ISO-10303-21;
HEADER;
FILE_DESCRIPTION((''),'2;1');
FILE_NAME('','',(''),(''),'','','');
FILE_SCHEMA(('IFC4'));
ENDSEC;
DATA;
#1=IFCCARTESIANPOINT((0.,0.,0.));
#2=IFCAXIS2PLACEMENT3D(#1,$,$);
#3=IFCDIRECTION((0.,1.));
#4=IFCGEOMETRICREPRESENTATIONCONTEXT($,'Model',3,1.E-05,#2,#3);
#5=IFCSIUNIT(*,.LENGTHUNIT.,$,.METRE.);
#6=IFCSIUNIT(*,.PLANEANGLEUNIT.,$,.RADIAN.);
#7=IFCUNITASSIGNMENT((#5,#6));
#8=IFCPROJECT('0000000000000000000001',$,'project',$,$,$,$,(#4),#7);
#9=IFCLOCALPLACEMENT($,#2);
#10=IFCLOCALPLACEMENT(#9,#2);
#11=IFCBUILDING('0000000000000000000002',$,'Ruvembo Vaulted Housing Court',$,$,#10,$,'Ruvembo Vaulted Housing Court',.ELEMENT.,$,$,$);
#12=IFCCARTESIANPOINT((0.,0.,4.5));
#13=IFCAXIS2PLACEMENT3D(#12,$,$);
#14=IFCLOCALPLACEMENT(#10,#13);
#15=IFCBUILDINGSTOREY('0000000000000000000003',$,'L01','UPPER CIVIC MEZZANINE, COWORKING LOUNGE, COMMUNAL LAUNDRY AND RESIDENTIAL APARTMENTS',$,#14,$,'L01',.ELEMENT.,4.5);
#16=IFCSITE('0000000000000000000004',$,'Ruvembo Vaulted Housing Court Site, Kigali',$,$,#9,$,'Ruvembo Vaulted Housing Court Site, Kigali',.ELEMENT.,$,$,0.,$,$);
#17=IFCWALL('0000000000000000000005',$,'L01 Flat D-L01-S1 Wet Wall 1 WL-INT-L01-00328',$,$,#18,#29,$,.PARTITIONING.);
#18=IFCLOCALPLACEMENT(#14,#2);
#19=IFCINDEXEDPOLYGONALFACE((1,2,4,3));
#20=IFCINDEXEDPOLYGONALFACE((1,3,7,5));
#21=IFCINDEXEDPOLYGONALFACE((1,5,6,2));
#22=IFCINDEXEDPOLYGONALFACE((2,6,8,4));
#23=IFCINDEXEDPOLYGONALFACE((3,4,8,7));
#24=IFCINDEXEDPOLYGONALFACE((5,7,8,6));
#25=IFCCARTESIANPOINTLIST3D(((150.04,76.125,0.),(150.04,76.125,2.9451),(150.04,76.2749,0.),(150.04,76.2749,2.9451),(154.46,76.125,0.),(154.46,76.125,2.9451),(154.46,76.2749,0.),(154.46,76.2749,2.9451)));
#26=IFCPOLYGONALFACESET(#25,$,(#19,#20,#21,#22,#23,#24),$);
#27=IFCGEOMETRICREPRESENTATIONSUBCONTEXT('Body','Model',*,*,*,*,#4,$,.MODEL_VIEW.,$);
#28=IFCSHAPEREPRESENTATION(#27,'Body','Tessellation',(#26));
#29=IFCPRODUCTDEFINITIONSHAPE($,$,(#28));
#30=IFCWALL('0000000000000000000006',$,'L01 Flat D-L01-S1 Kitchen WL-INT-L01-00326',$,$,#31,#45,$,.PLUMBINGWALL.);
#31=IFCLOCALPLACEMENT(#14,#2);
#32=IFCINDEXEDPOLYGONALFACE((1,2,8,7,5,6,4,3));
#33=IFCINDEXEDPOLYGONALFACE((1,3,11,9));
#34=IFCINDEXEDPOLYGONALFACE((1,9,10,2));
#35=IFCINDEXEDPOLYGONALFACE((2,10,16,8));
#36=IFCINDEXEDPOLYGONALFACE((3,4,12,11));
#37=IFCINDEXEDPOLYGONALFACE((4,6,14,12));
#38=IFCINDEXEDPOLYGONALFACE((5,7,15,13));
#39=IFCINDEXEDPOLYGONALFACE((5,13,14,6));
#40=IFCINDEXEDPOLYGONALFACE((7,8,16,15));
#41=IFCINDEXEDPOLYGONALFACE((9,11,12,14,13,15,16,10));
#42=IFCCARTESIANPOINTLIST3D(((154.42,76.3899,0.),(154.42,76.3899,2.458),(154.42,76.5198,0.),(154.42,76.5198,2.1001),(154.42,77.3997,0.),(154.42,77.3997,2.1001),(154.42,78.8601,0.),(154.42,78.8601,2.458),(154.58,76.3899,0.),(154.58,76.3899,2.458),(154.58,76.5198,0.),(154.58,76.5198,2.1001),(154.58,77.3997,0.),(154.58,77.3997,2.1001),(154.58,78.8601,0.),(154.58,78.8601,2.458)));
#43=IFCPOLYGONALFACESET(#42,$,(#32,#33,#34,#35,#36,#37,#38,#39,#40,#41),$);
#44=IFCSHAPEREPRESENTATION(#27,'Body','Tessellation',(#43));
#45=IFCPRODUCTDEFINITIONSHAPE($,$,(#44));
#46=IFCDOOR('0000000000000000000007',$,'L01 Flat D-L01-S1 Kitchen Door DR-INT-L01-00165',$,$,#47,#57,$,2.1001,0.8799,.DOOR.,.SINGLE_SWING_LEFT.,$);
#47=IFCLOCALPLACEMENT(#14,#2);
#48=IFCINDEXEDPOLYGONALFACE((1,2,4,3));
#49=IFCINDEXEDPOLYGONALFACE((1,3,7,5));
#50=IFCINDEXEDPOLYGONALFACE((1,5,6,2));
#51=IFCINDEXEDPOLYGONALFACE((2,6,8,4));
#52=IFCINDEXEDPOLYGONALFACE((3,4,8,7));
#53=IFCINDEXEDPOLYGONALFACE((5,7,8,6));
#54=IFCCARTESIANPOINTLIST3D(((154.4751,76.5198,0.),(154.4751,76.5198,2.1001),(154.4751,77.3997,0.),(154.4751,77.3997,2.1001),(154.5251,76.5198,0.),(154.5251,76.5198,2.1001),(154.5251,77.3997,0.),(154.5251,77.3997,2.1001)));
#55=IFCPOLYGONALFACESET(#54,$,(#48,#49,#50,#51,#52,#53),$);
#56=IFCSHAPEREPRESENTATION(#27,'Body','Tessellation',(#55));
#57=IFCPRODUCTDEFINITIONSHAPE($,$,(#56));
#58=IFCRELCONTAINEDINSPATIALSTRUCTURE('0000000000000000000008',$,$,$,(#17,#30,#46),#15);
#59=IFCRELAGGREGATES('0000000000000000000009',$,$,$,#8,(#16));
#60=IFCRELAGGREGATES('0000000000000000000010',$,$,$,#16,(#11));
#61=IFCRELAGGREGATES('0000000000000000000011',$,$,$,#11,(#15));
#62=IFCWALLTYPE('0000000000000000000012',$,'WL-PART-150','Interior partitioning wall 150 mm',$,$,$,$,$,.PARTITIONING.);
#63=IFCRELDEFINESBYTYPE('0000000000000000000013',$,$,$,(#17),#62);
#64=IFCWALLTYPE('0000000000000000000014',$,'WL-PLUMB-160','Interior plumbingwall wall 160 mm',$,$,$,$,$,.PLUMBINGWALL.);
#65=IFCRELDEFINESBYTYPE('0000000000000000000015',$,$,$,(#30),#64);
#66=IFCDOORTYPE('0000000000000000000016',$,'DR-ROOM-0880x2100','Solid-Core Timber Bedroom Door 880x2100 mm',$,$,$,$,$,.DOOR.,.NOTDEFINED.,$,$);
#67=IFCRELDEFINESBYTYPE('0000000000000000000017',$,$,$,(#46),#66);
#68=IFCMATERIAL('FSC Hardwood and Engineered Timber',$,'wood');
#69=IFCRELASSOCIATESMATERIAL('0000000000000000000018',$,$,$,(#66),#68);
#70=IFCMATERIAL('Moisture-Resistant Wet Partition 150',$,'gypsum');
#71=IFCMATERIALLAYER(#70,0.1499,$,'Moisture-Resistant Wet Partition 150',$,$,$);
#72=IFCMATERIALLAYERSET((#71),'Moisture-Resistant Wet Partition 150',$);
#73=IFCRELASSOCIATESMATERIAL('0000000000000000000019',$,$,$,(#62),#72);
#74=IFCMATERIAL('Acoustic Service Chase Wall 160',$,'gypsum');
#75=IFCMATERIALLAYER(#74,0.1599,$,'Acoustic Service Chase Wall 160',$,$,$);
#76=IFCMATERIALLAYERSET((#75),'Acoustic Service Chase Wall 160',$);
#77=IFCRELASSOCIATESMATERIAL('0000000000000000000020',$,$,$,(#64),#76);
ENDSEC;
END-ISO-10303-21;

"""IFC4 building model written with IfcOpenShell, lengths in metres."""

from ifc_helpers import new_model, si_unit, direction, frame, frame_2d, origin, place, context, subcontext, project, spatial, rectangle, extrude, material, layer, layer_set, type_object, element, fill, save


model = new_model("IFC4")

# Units and contexts
model_context = context("Model", 3, precision=1e-05, world=origin(), true_north=direction((0.0, 1.0)))
body_context = subcontext(model_context, "Body", "Model", "MODEL_VIEW")
ifc_project = project(units=[si_unit("LENGTHUNIT", "METRE"), si_unit("PLANEANGLEUNIT", "RADIAN")], contexts=[model_context])

# Site, building, storey
site_placement = place(None, origin())
site = spatial("IfcSite", under=ifc_project, at=site_placement, Name="Ruvembo Vaulted Housing Court Site, Kigali", LongName="Ruvembo Vaulted Housing Court Site, Kigali", CompositionType="ELEMENT", RefElevation=0.0)
building_placement = place(site_placement, origin())
building = spatial("IfcBuilding", under=site, at=building_placement, Name="Ruvembo Vaulted Housing Court", LongName="Ruvembo Vaulted Housing Court", CompositionType="ELEMENT")
storey_placement = place(building_placement, frame((0.0, 0.0, 4.5)))
storey = spatial("IfcBuildingStorey", under=building, at=storey_placement, Name="L01", Description="UPPER CIVIC MEZZANINE, COWORKING LOUNGE, COMMUNAL LAUNDRY AND RESIDENTIAL APARTMENTS", LongName="L01", CompositionType="ELEMENT", Elevation=4.5)

# Shared definitions
ifc_material_1 = material(Name="FSC Hardwood and Engineered Timber", Category="wood")
door_type_1 = type_object("IfcDoorType", Name="DR-ROOM-0880x2100", Description="Solid-Core Timber Bedroom Door 880x2100 mm", OperationType="NOTDEFINED", PredefinedType="DOOR", material=ifc_material_1)

# Wall
ifc_material_2 = material(Name="Moisture-Resistant Wet Partition 150", Category="gypsum")
ifc_layer_1 = layer(ifc_material_2, 0.1499, Name="Moisture-Resistant Wet Partition 150")
ifc_layer_set_1 = layer_set([ifc_layer_1], Name="Moisture-Resistant Wet Partition 150")
wall_type_1 = type_object("IfcWallType", Name="WL-PART-150", Description="Interior partitioning wall 150 mm", PredefinedType="PARTITIONING", material=ifc_layer_set_1)
wall_1_placement = place(storey_placement, frame((150.04, 76.2, 0.0), z_axis=(0.0, 0.0, 1.0), x_axis=(1.0, 0.0, 0.0)))
element("IfcWall", 1, at=wall_1_placement, inside=storey, type_object=wall_type_1, Name="L01 Flat D-L01-S1 Wet Wall 1 WL-INT-L01-00328", PredefinedType="PARTITIONING", context=body_context, shape_type="SweptSolid", body=[
    extrude(rectangle(XDim=4.4199, YDim=0.1499, at=frame_2d((2.21, 0.0))), origin(), (0.0, 0.0, 1.0), 2.9451),
])

# Wall, opening, door
ifc_material_3 = material(Name="Acoustic Service Chase Wall 160", Category="gypsum")
ifc_layer_2 = layer(ifc_material_3, 0.1599, Name="Acoustic Service Chase Wall 160")
ifc_layer_set_2 = layer_set([ifc_layer_2], Name="Acoustic Service Chase Wall 160")
wall_type_2 = type_object("IfcWallType", Name="WL-PLUMB-160", Description="Interior plumbingwall wall 160 mm", PredefinedType="PLUMBINGWALL", material=ifc_layer_set_2)
wall_2_placement = place(storey_placement, frame((154.5, 76.3899, 0.0), z_axis=(0.0, 0.0, 1.0), x_axis=(0.0, 1.0, 0.0)))
wall_2 = element("IfcWall", 2, at=wall_2_placement, inside=storey, type_object=wall_type_2, Name="L01 Flat D-L01-S1 Kitchen WL-INT-L01-00326", PredefinedType="PLUMBINGWALL", context=body_context, shape_type="SweptSolid", body=[
    extrude(rectangle(XDim=2.4702, YDim=0.1599, at=frame_2d((1.2351, 0.0))), origin(), (0.0, 0.0, 1.0), 2.458),
])
opening_1_placement = place(wall_2_placement, frame((0.1299, 0.0, 0.0)))
opening_1 = element("IfcOpeningElement", 3, at=opening_1_placement, cuts=wall_2, PredefinedType="OPENING", context=body_context, shape_type="SweptSolid", body=[
    extrude(rectangle(XDim=0.8799, YDim=2.1001, at=frame_2d((0.4399, 1.05))), frame((0.0, 0.0898, 0.0), z_axis=(0.0, -1.0, 0.0), x_axis=(1.0, 0.0, 0.0)), (0.0, 0.0, 1.0), 0.1799),
])
door_1_placement = place(opening_1_placement, origin())
door_1 = element("IfcDoor", 4, at=door_1_placement, inside=storey, type_object=door_type_1, Name="L01 Flat D-L01-S1 Kitchen Door DR-INT-L01-00165", OperationType="SINGLE_SWING_LEFT", OverallHeight=2.1001, OverallWidth=0.8799, PredefinedType="DOOR", context=body_context, shape_type="SweptSolid", body=[
    extrude(rectangle(XDim=0.8799, YDim=2.1001, at=frame_2d((0.4399, 1.05))), frame((0.0, 0.0249, 0.0), z_axis=(0.0, -1.0, 0.0), x_axis=(1.0, 0.0, 0.0)), (0.0, 0.0, 1.0), 0.05),
])
fill(opening_1, door_1)

save(model, "model.ifc")
